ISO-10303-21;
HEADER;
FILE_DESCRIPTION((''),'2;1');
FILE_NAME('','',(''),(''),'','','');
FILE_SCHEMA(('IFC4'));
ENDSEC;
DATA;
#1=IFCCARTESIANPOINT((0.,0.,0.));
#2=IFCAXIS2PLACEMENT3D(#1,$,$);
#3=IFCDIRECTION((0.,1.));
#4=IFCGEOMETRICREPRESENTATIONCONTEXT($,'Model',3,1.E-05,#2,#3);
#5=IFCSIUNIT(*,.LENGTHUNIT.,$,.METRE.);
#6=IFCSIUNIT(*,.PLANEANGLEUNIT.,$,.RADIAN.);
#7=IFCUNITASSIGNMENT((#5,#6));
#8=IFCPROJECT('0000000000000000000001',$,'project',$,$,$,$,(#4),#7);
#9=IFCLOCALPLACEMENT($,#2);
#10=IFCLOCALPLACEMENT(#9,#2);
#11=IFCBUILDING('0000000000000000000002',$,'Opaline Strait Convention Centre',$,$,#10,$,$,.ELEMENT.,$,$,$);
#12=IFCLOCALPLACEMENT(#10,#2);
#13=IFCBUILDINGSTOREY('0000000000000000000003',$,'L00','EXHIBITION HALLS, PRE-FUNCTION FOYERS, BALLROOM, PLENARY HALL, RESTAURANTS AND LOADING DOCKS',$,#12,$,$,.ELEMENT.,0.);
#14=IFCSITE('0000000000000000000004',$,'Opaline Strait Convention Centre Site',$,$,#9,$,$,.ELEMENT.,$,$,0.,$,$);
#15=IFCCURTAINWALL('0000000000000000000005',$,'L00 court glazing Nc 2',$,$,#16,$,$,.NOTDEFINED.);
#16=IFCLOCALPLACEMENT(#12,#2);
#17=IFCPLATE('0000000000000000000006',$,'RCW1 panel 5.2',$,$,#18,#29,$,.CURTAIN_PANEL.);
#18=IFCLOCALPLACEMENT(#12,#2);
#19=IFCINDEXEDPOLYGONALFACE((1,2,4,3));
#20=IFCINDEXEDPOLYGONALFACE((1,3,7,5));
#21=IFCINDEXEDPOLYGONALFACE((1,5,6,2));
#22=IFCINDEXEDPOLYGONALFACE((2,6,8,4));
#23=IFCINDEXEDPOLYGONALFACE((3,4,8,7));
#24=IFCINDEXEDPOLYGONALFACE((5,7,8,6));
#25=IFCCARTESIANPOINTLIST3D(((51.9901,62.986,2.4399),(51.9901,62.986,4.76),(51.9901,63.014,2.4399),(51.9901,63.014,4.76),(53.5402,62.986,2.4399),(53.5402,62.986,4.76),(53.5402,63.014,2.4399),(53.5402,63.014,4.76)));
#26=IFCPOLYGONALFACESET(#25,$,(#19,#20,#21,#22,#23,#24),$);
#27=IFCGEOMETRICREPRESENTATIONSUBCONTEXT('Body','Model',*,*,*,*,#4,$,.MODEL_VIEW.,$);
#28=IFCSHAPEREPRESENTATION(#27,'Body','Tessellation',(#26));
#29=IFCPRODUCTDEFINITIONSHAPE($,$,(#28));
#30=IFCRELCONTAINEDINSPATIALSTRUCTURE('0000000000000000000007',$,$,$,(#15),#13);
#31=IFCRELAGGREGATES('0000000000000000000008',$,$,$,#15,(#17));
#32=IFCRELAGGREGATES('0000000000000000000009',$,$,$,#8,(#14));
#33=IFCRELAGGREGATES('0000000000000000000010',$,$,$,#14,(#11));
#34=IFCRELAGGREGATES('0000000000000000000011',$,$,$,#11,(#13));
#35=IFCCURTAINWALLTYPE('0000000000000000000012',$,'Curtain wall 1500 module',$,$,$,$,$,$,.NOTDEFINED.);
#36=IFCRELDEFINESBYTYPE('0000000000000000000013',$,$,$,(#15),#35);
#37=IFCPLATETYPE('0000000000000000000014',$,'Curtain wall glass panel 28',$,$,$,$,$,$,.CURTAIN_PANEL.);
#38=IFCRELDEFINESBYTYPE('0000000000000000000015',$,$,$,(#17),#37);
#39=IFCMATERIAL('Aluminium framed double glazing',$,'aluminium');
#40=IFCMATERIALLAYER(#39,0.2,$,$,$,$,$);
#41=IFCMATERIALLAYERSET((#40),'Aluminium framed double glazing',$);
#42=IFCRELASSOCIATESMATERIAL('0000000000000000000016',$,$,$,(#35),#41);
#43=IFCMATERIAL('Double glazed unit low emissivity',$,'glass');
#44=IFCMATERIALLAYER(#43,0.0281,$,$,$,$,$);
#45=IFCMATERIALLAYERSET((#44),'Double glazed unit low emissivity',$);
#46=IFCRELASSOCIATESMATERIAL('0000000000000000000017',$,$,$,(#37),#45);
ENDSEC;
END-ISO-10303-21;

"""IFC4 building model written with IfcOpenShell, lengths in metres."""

from ifc_helpers import new_model, si_unit, direction, frame, origin, origin_2d, place, context, subcontext, project, spatial, rectangle, extrude, material, layer, layer_set, type_object, element, aggregate, save


model = new_model("IFC4")

# Units and contexts
model_context = context("Model", 3, precision=1e-05, world=origin(), true_north=direction((0.0, 1.0)))
body_context = subcontext(model_context, "Body", "Model", "MODEL_VIEW")
ifc_project = project(units=[si_unit("LENGTHUNIT", "METRE"), si_unit("PLANEANGLEUNIT", "RADIAN")], contexts=[model_context])

# Site, building, storey
site_placement = place(None, origin())
site = spatial("IfcSite", under=ifc_project, at=site_placement, Name="Opaline Strait Convention Centre Site", CompositionType="ELEMENT", RefElevation=0.0)
building_placement = place(site_placement, origin())
building = spatial("IfcBuilding", under=site, at=building_placement, Name="Opaline Strait Convention Centre", CompositionType="ELEMENT")
storey_placement = place(building_placement, origin())
storey = spatial("IfcBuildingStorey", under=building, at=storey_placement, Name="L00", Description="EXHIBITION HALLS, PRE-FUNCTION FOYERS, BALLROOM, PLENARY HALL, RESTAURANTS AND LOADING DOCKS", CompositionType="ELEMENT", Elevation=0.0)

# Curtain wall, plate
ifc_material_1 = material(Name="Aluminium framed double glazing", Category="aluminium")
ifc_layer_1 = layer(ifc_material_1, 0.2)
ifc_layer_set_1 = layer_set([ifc_layer_1], Name="Aluminium framed double glazing")
curtain_wall_type = type_object("IfcCurtainWallType", Name="Curtain wall 1500 module", PredefinedType="NOTDEFINED", material=ifc_layer_set_1)
curtain_wall_placement = place(storey_placement, origin())
curtain_wall = element("IfcCurtainWall", 1, at=curtain_wall_placement, inside=storey, type_object=curtain_wall_type, Name="L00 court glazing Nc 2", PredefinedType="NOTDEFINED")
ifc_material_2 = material(Name="Double glazed unit low emissivity", Category="glass")
ifc_layer_2 = layer(ifc_material_2, 0.0281)
ifc_layer_set_2 = layer_set([ifc_layer_2], Name="Double glazed unit low emissivity")
plate_type = type_object("IfcPlateType", Name="Curtain wall glass panel 28", PredefinedType="CURTAIN_PANEL", material=ifc_layer_set_2)
plate_1_placement = place(storey_placement, frame((52.7651, 63.0, 2.4399), z_axis=(0.0, 0.0, 1.0), x_axis=(1.0, 0.0, 0.0)))
plate_1 = element("IfcPlate", 2, at=plate_1_placement, type_object=plate_type, Name="RCW1 panel 5.2", PredefinedType="CURTAIN_PANEL", context=body_context, shape_type="SweptSolid", body=[
    extrude(rectangle(XDim=1.55, YDim=0.0281, at=origin_2d()), origin(), (0.0, 0.0, 1.0), 2.3201),
])
aggregate(curtain_wall, [plate_1])

save(model, "model.ifc")
